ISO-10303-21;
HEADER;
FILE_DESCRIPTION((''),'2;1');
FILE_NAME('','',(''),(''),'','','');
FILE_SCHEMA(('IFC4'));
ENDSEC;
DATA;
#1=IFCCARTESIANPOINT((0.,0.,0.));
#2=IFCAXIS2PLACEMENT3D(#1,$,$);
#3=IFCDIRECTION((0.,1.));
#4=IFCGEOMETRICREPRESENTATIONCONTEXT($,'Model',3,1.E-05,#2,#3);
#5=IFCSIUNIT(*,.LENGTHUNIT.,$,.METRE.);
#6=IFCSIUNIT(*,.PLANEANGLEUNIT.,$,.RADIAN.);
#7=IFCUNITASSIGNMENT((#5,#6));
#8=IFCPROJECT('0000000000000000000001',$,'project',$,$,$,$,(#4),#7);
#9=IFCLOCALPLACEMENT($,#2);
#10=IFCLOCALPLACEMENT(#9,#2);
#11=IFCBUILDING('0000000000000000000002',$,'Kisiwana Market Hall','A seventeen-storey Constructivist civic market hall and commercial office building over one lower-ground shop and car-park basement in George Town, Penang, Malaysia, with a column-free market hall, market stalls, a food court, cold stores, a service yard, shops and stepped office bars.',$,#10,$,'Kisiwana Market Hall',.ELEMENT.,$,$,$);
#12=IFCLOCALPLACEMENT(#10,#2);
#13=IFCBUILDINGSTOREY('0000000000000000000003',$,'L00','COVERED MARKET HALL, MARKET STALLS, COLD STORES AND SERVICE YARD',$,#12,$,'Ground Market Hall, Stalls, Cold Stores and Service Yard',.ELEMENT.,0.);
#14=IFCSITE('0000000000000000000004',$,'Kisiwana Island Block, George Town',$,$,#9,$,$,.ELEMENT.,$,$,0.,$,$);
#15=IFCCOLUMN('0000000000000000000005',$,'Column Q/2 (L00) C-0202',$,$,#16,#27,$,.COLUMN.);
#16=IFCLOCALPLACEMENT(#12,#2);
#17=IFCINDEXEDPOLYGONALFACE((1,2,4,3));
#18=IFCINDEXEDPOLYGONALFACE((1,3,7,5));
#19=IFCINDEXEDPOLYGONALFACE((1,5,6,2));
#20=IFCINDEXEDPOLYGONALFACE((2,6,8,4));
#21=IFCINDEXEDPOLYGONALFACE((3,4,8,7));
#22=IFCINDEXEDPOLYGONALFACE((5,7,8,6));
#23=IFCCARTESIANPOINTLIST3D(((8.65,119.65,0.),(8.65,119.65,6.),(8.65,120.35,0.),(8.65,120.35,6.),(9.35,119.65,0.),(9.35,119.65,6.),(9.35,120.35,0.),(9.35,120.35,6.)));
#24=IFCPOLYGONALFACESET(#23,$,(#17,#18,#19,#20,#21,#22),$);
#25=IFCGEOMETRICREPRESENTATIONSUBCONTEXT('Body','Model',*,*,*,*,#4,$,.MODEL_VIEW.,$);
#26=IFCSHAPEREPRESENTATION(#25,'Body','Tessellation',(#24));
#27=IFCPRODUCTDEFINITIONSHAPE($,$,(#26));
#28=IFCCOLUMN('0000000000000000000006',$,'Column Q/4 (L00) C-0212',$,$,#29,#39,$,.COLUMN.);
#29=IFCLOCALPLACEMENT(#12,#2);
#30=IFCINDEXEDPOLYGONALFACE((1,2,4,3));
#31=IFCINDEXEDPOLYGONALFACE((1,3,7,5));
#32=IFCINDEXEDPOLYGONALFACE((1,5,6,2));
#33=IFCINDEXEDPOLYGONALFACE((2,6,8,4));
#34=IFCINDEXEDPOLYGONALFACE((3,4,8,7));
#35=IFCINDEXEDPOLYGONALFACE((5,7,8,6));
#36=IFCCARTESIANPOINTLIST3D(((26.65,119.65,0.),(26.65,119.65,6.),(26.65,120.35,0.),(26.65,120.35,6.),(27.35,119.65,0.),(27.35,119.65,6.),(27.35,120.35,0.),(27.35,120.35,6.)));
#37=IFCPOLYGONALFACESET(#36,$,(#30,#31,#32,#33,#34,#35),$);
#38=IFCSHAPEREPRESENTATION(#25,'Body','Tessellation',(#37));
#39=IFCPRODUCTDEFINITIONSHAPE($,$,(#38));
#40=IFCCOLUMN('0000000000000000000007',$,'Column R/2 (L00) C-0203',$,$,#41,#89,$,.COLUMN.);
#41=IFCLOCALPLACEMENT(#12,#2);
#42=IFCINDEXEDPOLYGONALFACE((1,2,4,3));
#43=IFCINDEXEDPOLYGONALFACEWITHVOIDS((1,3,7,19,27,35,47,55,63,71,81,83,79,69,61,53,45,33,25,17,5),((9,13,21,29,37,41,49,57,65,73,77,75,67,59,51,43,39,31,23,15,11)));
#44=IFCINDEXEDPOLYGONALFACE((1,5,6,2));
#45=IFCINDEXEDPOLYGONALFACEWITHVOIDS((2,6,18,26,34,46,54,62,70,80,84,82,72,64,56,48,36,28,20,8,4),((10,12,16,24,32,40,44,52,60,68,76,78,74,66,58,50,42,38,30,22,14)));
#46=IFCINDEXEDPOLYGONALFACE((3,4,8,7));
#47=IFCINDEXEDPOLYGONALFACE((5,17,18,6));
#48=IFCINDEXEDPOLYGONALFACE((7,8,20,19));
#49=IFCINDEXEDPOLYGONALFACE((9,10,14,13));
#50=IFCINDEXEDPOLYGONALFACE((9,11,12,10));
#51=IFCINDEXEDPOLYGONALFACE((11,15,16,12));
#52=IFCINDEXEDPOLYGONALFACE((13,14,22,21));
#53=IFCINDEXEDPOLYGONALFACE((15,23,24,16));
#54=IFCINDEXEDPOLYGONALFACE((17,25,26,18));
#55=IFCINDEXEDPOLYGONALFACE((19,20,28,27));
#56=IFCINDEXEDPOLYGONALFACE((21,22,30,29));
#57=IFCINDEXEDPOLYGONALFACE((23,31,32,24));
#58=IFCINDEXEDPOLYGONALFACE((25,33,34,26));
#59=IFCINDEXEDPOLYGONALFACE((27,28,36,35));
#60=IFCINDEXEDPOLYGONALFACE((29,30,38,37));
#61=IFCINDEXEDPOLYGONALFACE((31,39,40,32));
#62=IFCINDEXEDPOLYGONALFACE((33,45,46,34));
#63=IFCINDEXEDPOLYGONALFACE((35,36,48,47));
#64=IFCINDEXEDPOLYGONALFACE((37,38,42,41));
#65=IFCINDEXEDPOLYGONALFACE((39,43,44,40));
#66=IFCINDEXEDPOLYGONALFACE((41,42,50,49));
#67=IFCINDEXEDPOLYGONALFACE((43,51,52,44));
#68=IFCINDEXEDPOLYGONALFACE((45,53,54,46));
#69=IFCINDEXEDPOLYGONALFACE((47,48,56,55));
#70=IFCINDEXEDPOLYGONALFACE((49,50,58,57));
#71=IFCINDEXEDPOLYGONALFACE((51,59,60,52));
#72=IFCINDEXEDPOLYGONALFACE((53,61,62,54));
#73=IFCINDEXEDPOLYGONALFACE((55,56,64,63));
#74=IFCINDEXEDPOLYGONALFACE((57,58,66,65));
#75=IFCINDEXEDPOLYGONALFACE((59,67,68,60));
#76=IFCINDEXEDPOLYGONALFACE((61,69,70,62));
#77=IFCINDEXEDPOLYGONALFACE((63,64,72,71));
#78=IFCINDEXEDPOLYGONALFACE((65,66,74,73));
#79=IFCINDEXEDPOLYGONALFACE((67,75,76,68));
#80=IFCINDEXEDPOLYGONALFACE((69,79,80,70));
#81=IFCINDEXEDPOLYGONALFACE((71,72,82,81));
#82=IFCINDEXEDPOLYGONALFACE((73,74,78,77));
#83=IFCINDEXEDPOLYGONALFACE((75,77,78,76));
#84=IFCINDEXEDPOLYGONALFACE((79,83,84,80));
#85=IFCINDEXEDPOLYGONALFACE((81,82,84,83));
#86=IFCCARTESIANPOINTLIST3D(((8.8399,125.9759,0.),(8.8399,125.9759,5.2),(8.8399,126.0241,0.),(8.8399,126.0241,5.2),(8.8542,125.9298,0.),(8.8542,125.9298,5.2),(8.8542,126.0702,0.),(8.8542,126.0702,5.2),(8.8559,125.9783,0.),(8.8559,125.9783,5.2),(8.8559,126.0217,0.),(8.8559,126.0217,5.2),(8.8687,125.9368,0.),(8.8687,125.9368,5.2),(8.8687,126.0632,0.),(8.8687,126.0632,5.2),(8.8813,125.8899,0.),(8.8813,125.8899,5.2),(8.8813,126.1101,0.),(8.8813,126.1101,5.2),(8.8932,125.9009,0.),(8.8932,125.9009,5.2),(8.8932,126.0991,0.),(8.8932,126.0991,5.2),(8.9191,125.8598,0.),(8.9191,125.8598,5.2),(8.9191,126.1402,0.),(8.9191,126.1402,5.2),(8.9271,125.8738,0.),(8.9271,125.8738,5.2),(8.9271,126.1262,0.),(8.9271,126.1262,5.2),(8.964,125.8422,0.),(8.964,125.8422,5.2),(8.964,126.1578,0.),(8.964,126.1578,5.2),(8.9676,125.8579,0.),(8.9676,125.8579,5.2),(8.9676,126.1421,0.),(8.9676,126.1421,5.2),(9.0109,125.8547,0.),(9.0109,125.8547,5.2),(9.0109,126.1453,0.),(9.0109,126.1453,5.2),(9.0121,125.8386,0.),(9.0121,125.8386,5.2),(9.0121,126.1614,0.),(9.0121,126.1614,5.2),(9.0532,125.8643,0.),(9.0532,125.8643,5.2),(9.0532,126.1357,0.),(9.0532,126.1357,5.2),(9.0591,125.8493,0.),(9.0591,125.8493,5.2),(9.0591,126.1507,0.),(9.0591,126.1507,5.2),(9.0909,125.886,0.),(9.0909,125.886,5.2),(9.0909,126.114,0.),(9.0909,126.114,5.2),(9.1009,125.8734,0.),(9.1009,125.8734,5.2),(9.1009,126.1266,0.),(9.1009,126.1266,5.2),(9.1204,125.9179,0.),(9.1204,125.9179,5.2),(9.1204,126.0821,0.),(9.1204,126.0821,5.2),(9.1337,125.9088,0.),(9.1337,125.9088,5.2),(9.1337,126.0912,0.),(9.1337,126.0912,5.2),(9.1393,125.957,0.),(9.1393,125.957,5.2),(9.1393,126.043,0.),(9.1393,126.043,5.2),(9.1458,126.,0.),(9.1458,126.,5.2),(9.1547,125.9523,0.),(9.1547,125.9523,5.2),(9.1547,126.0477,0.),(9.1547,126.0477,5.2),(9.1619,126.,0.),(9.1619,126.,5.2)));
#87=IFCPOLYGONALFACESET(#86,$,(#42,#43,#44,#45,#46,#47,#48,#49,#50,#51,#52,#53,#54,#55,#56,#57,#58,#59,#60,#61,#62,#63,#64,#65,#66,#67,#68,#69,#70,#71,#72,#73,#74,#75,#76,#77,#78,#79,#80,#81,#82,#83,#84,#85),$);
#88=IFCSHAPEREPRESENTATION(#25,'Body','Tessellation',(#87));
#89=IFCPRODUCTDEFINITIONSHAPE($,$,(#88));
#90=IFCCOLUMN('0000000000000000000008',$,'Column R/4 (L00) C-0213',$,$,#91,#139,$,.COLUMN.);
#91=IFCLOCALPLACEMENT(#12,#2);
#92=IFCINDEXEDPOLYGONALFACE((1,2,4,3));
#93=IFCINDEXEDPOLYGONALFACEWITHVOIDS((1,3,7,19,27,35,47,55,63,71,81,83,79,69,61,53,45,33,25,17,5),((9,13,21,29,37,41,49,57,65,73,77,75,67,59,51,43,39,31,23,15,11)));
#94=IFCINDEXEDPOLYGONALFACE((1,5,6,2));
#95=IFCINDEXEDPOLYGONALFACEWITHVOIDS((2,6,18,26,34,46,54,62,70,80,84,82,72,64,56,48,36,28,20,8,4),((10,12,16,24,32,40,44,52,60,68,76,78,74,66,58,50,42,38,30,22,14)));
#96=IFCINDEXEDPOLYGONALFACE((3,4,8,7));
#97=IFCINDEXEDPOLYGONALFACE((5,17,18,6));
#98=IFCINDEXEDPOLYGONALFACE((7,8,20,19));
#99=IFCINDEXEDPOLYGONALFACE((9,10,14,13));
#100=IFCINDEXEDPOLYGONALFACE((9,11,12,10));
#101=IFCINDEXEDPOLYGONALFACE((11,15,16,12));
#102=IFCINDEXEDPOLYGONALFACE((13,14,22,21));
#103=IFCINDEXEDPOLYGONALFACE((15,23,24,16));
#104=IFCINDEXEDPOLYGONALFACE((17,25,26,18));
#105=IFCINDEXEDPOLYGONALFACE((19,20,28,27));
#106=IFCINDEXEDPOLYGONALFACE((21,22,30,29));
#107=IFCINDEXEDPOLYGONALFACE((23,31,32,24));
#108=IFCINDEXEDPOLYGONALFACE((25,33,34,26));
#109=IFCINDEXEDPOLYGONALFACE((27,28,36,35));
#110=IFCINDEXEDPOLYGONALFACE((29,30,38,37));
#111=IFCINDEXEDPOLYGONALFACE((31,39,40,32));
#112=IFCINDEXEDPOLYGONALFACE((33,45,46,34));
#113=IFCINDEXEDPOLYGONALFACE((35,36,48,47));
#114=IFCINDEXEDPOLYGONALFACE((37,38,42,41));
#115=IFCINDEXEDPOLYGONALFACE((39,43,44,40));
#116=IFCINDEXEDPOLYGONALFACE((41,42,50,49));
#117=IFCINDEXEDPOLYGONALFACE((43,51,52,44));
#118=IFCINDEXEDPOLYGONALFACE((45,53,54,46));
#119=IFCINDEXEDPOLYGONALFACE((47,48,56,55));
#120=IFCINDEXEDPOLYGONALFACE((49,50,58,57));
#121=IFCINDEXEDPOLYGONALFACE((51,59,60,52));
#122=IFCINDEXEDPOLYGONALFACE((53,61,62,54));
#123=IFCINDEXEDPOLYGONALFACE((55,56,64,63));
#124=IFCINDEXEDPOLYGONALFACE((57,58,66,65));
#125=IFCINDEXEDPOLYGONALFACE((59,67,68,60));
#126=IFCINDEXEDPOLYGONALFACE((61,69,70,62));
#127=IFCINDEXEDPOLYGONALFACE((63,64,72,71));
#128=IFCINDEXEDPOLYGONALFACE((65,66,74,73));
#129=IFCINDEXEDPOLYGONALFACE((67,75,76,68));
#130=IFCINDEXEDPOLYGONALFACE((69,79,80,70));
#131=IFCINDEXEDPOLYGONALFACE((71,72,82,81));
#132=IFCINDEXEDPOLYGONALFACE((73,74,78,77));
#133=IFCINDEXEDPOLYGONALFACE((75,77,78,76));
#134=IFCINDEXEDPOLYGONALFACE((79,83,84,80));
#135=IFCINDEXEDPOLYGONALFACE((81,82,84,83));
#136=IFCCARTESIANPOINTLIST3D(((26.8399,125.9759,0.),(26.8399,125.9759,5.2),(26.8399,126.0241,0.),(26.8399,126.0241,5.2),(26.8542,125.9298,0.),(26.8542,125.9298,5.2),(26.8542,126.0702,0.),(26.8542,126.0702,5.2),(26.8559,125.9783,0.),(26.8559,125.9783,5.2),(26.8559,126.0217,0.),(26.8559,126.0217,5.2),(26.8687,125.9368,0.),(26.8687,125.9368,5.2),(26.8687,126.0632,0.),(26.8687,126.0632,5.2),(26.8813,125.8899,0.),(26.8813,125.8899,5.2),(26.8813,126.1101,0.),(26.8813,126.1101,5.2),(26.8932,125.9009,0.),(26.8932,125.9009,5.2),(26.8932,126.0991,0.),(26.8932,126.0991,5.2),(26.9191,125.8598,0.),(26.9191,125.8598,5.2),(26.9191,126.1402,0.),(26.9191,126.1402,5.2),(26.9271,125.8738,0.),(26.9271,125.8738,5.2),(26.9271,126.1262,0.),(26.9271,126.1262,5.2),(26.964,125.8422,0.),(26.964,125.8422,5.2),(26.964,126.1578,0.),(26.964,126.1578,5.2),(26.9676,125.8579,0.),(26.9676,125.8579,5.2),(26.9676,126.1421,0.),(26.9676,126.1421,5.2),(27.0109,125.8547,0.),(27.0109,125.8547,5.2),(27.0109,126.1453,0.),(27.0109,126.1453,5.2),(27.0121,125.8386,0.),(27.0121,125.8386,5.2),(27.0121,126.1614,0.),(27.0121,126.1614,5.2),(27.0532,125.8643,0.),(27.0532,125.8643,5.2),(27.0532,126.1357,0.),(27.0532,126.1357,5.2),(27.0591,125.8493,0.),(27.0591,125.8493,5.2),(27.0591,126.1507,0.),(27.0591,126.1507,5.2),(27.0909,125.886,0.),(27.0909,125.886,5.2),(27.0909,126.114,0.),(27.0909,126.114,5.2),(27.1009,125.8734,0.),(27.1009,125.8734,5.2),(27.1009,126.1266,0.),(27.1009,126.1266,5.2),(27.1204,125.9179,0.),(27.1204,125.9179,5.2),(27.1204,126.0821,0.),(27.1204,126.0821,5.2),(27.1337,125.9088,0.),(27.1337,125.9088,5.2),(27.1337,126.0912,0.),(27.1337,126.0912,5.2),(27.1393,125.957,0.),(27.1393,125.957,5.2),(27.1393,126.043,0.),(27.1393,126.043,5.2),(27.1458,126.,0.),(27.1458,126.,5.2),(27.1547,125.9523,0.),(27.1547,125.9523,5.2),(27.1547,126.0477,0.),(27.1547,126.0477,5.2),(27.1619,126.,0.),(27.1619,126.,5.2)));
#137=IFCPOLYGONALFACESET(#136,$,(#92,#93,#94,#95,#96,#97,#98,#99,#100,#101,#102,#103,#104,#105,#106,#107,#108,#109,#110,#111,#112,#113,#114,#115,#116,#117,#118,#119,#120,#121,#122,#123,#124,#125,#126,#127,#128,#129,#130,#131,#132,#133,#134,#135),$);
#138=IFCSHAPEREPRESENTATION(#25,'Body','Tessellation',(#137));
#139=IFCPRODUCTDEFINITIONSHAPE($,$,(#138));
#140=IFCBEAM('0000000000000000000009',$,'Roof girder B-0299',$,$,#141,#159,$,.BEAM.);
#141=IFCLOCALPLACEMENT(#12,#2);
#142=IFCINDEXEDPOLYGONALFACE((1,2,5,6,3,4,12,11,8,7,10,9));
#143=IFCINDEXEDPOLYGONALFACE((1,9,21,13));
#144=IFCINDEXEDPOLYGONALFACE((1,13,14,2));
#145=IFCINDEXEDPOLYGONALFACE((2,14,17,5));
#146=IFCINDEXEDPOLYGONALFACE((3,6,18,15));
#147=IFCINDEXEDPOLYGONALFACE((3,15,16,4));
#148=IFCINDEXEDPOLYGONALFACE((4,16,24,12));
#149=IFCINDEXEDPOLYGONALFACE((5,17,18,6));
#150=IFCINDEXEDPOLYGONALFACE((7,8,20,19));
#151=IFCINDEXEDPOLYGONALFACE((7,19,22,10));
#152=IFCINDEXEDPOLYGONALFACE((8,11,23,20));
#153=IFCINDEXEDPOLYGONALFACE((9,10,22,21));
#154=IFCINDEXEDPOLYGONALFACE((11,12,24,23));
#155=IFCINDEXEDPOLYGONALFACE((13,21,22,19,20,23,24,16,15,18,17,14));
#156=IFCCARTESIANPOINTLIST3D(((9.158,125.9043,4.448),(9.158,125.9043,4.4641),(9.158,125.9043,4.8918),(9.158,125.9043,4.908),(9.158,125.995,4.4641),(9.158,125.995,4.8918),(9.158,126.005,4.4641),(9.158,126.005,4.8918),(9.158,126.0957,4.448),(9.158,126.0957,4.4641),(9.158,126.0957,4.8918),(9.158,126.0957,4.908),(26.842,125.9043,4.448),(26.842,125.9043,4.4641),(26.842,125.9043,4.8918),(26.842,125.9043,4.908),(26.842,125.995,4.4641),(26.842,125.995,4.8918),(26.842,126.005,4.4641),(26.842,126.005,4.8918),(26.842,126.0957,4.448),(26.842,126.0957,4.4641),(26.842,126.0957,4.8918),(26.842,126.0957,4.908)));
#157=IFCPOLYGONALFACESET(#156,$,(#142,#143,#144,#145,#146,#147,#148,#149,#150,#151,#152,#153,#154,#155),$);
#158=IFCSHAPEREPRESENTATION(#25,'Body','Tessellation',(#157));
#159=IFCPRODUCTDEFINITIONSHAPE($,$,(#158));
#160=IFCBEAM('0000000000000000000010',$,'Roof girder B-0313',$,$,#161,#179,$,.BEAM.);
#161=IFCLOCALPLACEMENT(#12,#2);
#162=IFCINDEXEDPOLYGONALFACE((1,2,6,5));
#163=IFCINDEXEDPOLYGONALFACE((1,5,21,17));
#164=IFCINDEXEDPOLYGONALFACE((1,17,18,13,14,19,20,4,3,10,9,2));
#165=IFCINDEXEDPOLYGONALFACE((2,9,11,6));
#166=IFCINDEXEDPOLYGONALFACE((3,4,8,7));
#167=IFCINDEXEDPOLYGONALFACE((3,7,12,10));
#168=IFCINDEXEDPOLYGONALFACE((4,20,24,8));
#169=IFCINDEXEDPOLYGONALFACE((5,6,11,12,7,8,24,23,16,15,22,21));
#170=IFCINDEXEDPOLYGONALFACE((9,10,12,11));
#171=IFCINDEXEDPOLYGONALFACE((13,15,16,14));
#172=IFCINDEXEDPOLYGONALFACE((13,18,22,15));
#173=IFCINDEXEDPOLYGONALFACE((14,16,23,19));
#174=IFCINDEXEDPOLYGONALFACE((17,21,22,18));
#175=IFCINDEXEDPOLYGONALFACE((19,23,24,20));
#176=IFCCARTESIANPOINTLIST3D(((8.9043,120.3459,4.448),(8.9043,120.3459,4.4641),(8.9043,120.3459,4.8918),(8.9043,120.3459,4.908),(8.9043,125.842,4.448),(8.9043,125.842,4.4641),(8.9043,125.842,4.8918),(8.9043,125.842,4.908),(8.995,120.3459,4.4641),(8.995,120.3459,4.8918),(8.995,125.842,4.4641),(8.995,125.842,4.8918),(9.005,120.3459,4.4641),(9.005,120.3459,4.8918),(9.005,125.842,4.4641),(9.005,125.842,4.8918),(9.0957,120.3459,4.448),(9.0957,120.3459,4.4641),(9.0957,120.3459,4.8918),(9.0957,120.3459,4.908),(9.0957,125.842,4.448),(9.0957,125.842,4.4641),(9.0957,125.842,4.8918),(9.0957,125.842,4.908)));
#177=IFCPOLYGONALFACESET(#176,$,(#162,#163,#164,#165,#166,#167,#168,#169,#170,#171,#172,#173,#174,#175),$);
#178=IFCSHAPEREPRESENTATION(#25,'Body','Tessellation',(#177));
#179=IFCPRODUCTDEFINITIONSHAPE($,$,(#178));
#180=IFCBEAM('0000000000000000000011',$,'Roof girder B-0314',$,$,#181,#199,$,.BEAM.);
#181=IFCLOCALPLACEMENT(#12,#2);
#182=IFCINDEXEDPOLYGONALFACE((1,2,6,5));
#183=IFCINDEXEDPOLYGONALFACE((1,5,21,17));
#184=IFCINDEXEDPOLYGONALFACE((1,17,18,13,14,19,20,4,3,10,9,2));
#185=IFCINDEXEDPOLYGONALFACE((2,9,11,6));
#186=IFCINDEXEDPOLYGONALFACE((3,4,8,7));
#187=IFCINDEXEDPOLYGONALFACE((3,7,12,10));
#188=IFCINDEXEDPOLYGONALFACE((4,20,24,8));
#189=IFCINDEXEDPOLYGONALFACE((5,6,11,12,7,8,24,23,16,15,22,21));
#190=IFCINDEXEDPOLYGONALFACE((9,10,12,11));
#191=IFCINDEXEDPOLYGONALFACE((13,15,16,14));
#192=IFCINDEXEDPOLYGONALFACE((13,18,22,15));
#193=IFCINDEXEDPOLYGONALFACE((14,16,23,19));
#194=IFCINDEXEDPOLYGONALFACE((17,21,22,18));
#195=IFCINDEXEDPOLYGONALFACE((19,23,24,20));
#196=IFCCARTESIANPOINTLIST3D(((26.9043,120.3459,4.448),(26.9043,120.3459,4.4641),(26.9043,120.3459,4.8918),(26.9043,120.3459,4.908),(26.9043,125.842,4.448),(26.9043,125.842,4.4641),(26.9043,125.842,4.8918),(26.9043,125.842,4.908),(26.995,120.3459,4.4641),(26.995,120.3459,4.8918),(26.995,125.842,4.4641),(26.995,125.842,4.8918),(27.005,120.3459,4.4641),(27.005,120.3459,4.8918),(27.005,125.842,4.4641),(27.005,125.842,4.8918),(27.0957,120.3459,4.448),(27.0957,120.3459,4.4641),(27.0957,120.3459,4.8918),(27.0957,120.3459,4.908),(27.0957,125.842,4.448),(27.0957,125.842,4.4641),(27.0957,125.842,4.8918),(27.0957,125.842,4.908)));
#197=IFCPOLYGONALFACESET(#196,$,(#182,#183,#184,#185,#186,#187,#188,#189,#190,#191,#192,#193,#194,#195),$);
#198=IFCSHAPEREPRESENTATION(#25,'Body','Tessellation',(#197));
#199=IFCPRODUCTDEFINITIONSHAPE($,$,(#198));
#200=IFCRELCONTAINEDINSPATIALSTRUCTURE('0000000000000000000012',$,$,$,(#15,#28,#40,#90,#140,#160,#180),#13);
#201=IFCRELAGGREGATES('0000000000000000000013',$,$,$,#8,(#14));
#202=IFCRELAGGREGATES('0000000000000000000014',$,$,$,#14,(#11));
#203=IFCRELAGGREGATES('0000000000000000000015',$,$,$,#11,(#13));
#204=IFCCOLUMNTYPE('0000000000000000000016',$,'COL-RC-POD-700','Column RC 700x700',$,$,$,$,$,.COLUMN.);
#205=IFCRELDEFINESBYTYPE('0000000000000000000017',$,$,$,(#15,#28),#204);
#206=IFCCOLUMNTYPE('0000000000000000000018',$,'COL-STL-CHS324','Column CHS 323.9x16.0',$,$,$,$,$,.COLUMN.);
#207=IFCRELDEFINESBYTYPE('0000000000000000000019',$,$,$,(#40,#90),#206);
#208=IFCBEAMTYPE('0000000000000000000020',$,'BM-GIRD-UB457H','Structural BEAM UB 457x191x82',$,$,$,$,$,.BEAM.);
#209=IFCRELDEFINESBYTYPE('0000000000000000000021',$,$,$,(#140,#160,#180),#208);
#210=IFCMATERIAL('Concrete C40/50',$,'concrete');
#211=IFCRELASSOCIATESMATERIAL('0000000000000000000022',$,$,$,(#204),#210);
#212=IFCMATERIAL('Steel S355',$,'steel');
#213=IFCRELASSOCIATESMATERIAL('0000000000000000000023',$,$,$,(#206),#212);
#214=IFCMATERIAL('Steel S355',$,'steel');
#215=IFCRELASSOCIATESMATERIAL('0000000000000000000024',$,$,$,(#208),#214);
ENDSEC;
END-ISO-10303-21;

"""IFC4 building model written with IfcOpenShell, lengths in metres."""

from ifc_helpers import new_model, si_unit, direction, frame, origin, origin_2d, place, context, subcontext, project, spatial, rectangle, hollow_circle, i_section, extrude, material, material_profile, profile_set, type_object, element, save


model = new_model("IFC4")

# Units and contexts
model_context = context("Model", 3, precision=1e-05, world=origin(), true_north=direction((0.0, 1.0)))
body_context = subcontext(model_context, "Body", "Model", "MODEL_VIEW")
ifc_project = project(units=[si_unit("LENGTHUNIT", "METRE"), si_unit("PLANEANGLEUNIT", "RADIAN")], contexts=[model_context])

# Site, building, storey
site_placement = place(None, origin())
site = spatial("IfcSite", under=ifc_project, at=site_placement, Name="Kisiwana Island Block, George Town", CompositionType="ELEMENT", RefElevation=0.0)
building_placement = place(site_placement, origin())
building = spatial("IfcBuilding", under=site, at=building_placement, Name="Kisiwana Market Hall", Description="A seventeen-storey Constructivist civic market hall and commercial office building over one lower-ground shop and car-park basement in George Town, Penang, Malaysia, with a column-free market hall, market stalls, a food court, cold stores, a service yard, shops and stepped office bars.", LongName="Kisiwana Market Hall", CompositionType="ELEMENT")
storey_placement = place(building_placement, origin())
storey = spatial("IfcBuildingStorey", under=building, at=storey_placement, Name="L00", Description="COVERED MARKET HALL, MARKET STALLS, COLD STORES AND SERVICE YARD", LongName="Ground Market Hall, Stalls, Cold Stores and Service Yard", CompositionType="ELEMENT", Elevation=0.0)

# Columns
ifc_material_1 = material(Name="Concrete C40/50", Category="concrete")
ifc_material_profile_1 = material_profile(ifc_material_1, rectangle(XDim=0.7, YDim=0.7, at=origin_2d()), Name="RC 700x700")
ifc_profile_set_1 = profile_set([ifc_material_profile_1], Name="Concrete C40/50")
column_type_1 = type_object("IfcColumnType", Name="COL-RC-POD-700", Description="Column RC 700x700", PredefinedType="COLUMN", material=ifc_profile_set_1)
for number, where, z_axis, x_axis, name in (
    (1, (9.0, 120.0, 0.0), (0.0, 0.0, 1.0), (1.0, 0.0, 0.0), "Column Q/2 (L00) C-0202"),
    (2, (27.0, 120.0, 0.0), (0.0, 0.0, 1.0), (1.0, 0.0, 0.0), "Column Q/4 (L00) C-0212"),
):
    element("IfcColumn", number, at=place(storey_placement, frame(where, z_axis=z_axis, x_axis=x_axis)), inside=storey, type_object=column_type_1, Name=name, PredefinedType="COLUMN", context=body_context, shape_type="SweptSolid", body=[
        extrude(rectangle(XDim=0.7, YDim=0.7, at=origin_2d()), origin(), (0.0, 0.0, 1.0), 6.0),
    ])
ifc_material_2 = material(Name="Steel S355", Category="steel")
ifc_material_profile_2 = material_profile(ifc_material_2, hollow_circle(Radius=0.1619, WallThickness=0.0161, at=origin_2d()), Name="CHS 323.9x16.0")
ifc_profile_set_2 = profile_set([ifc_material_profile_2], Name="Steel S355")
column_type_2 = type_object("IfcColumnType", Name="COL-STL-CHS324", Description="Column CHS 323.9x16.0", PredefinedType="COLUMN", material=ifc_profile_set_2)
for number, where, z_axis, x_axis, name in (
    (3, (9.0, 126.0, 0.0), (0.0, 0.0, 1.0), (1.0, 0.0, 0.0), "Column R/2 (L00) C-0203"),
    (4, (27.0, 126.0, 0.0), (0.0, 0.0, 1.0), (1.0, 0.0, 0.0), "Column R/4 (L00) C-0213"),
):
    element("IfcColumn", number, at=place(storey_placement, frame(where, z_axis=z_axis, x_axis=x_axis)), inside=storey, type_object=column_type_2, Name=name, PredefinedType="COLUMN", context=body_context, shape_type="SweptSolid", body=[
        extrude(hollow_circle(Radius=0.1619, WallThickness=0.0161, at=origin_2d()), origin(), (0.0, 0.0, 1.0), 5.2),
    ])

# Beams
ifc_material_3 = material(Name="Steel S355", Category="steel")
ifc_material_profile_3 = material_profile(ifc_material_3, i_section(OverallWidth=0.1914, OverallDepth=0.46, WebThickness=0.01, FlangeThickness=0.0161, at=origin_2d()), Name="UB 457x191x82")
ifc_profile_set_3 = profile_set([ifc_material_profile_3], Name="Steel S355")
beam_type_1 = type_object("IfcBeamType", Name="BM-GIRD-UB457H", Description="Structural BEAM UB 457x191x82", PredefinedType="BEAM", material=ifc_profile_set_3)
beam_1_placement = place(storey_placement, frame((9.158, 126.0, 4.678), z_axis=(1.0, 0.0, 0.0), x_axis=(0.0, 1.0, 0.0)))
element("IfcBeam", 5, at=beam_1_placement, inside=storey, type_object=beam_type_1, Name="Roof girder B-0299", PredefinedType="BEAM", context=body_context, shape_type="SweptSolid", body=[
    extrude(i_section(OverallWidth=0.1914, OverallDepth=0.46, WebThickness=0.01, FlangeThickness=0.0161, at=origin_2d()), origin(), (0.0, 0.0, 1.0), 17.6841),
])
for number, where, z_axis, x_axis, name in (
    (6, (9.0, 120.3459, 4.678), (0.0, 1.0, 0.0), (-1.0, 0.0, 0.0), "Roof girder B-0313"),
    (7, (27.0, 120.3459, 4.678), (0.0, 1.0, 0.0), (-1.0, 0.0, 0.0), "Roof girder B-0314"),
):
    element("IfcBeam", number, at=place(storey_placement, frame(where, z_axis=z_axis, x_axis=x_axis)), inside=storey, type_object=beam_type_1, Name=name, PredefinedType="BEAM", context=body_context, shape_type="SweptSolid", body=[
        extrude(i_section(OverallWidth=0.1914, OverallDepth=0.46, WebThickness=0.01, FlangeThickness=0.0161, at=origin_2d()), origin(), (0.0, 0.0, 1.0), 5.4961),
    ])

save(model, "model.ifc")
